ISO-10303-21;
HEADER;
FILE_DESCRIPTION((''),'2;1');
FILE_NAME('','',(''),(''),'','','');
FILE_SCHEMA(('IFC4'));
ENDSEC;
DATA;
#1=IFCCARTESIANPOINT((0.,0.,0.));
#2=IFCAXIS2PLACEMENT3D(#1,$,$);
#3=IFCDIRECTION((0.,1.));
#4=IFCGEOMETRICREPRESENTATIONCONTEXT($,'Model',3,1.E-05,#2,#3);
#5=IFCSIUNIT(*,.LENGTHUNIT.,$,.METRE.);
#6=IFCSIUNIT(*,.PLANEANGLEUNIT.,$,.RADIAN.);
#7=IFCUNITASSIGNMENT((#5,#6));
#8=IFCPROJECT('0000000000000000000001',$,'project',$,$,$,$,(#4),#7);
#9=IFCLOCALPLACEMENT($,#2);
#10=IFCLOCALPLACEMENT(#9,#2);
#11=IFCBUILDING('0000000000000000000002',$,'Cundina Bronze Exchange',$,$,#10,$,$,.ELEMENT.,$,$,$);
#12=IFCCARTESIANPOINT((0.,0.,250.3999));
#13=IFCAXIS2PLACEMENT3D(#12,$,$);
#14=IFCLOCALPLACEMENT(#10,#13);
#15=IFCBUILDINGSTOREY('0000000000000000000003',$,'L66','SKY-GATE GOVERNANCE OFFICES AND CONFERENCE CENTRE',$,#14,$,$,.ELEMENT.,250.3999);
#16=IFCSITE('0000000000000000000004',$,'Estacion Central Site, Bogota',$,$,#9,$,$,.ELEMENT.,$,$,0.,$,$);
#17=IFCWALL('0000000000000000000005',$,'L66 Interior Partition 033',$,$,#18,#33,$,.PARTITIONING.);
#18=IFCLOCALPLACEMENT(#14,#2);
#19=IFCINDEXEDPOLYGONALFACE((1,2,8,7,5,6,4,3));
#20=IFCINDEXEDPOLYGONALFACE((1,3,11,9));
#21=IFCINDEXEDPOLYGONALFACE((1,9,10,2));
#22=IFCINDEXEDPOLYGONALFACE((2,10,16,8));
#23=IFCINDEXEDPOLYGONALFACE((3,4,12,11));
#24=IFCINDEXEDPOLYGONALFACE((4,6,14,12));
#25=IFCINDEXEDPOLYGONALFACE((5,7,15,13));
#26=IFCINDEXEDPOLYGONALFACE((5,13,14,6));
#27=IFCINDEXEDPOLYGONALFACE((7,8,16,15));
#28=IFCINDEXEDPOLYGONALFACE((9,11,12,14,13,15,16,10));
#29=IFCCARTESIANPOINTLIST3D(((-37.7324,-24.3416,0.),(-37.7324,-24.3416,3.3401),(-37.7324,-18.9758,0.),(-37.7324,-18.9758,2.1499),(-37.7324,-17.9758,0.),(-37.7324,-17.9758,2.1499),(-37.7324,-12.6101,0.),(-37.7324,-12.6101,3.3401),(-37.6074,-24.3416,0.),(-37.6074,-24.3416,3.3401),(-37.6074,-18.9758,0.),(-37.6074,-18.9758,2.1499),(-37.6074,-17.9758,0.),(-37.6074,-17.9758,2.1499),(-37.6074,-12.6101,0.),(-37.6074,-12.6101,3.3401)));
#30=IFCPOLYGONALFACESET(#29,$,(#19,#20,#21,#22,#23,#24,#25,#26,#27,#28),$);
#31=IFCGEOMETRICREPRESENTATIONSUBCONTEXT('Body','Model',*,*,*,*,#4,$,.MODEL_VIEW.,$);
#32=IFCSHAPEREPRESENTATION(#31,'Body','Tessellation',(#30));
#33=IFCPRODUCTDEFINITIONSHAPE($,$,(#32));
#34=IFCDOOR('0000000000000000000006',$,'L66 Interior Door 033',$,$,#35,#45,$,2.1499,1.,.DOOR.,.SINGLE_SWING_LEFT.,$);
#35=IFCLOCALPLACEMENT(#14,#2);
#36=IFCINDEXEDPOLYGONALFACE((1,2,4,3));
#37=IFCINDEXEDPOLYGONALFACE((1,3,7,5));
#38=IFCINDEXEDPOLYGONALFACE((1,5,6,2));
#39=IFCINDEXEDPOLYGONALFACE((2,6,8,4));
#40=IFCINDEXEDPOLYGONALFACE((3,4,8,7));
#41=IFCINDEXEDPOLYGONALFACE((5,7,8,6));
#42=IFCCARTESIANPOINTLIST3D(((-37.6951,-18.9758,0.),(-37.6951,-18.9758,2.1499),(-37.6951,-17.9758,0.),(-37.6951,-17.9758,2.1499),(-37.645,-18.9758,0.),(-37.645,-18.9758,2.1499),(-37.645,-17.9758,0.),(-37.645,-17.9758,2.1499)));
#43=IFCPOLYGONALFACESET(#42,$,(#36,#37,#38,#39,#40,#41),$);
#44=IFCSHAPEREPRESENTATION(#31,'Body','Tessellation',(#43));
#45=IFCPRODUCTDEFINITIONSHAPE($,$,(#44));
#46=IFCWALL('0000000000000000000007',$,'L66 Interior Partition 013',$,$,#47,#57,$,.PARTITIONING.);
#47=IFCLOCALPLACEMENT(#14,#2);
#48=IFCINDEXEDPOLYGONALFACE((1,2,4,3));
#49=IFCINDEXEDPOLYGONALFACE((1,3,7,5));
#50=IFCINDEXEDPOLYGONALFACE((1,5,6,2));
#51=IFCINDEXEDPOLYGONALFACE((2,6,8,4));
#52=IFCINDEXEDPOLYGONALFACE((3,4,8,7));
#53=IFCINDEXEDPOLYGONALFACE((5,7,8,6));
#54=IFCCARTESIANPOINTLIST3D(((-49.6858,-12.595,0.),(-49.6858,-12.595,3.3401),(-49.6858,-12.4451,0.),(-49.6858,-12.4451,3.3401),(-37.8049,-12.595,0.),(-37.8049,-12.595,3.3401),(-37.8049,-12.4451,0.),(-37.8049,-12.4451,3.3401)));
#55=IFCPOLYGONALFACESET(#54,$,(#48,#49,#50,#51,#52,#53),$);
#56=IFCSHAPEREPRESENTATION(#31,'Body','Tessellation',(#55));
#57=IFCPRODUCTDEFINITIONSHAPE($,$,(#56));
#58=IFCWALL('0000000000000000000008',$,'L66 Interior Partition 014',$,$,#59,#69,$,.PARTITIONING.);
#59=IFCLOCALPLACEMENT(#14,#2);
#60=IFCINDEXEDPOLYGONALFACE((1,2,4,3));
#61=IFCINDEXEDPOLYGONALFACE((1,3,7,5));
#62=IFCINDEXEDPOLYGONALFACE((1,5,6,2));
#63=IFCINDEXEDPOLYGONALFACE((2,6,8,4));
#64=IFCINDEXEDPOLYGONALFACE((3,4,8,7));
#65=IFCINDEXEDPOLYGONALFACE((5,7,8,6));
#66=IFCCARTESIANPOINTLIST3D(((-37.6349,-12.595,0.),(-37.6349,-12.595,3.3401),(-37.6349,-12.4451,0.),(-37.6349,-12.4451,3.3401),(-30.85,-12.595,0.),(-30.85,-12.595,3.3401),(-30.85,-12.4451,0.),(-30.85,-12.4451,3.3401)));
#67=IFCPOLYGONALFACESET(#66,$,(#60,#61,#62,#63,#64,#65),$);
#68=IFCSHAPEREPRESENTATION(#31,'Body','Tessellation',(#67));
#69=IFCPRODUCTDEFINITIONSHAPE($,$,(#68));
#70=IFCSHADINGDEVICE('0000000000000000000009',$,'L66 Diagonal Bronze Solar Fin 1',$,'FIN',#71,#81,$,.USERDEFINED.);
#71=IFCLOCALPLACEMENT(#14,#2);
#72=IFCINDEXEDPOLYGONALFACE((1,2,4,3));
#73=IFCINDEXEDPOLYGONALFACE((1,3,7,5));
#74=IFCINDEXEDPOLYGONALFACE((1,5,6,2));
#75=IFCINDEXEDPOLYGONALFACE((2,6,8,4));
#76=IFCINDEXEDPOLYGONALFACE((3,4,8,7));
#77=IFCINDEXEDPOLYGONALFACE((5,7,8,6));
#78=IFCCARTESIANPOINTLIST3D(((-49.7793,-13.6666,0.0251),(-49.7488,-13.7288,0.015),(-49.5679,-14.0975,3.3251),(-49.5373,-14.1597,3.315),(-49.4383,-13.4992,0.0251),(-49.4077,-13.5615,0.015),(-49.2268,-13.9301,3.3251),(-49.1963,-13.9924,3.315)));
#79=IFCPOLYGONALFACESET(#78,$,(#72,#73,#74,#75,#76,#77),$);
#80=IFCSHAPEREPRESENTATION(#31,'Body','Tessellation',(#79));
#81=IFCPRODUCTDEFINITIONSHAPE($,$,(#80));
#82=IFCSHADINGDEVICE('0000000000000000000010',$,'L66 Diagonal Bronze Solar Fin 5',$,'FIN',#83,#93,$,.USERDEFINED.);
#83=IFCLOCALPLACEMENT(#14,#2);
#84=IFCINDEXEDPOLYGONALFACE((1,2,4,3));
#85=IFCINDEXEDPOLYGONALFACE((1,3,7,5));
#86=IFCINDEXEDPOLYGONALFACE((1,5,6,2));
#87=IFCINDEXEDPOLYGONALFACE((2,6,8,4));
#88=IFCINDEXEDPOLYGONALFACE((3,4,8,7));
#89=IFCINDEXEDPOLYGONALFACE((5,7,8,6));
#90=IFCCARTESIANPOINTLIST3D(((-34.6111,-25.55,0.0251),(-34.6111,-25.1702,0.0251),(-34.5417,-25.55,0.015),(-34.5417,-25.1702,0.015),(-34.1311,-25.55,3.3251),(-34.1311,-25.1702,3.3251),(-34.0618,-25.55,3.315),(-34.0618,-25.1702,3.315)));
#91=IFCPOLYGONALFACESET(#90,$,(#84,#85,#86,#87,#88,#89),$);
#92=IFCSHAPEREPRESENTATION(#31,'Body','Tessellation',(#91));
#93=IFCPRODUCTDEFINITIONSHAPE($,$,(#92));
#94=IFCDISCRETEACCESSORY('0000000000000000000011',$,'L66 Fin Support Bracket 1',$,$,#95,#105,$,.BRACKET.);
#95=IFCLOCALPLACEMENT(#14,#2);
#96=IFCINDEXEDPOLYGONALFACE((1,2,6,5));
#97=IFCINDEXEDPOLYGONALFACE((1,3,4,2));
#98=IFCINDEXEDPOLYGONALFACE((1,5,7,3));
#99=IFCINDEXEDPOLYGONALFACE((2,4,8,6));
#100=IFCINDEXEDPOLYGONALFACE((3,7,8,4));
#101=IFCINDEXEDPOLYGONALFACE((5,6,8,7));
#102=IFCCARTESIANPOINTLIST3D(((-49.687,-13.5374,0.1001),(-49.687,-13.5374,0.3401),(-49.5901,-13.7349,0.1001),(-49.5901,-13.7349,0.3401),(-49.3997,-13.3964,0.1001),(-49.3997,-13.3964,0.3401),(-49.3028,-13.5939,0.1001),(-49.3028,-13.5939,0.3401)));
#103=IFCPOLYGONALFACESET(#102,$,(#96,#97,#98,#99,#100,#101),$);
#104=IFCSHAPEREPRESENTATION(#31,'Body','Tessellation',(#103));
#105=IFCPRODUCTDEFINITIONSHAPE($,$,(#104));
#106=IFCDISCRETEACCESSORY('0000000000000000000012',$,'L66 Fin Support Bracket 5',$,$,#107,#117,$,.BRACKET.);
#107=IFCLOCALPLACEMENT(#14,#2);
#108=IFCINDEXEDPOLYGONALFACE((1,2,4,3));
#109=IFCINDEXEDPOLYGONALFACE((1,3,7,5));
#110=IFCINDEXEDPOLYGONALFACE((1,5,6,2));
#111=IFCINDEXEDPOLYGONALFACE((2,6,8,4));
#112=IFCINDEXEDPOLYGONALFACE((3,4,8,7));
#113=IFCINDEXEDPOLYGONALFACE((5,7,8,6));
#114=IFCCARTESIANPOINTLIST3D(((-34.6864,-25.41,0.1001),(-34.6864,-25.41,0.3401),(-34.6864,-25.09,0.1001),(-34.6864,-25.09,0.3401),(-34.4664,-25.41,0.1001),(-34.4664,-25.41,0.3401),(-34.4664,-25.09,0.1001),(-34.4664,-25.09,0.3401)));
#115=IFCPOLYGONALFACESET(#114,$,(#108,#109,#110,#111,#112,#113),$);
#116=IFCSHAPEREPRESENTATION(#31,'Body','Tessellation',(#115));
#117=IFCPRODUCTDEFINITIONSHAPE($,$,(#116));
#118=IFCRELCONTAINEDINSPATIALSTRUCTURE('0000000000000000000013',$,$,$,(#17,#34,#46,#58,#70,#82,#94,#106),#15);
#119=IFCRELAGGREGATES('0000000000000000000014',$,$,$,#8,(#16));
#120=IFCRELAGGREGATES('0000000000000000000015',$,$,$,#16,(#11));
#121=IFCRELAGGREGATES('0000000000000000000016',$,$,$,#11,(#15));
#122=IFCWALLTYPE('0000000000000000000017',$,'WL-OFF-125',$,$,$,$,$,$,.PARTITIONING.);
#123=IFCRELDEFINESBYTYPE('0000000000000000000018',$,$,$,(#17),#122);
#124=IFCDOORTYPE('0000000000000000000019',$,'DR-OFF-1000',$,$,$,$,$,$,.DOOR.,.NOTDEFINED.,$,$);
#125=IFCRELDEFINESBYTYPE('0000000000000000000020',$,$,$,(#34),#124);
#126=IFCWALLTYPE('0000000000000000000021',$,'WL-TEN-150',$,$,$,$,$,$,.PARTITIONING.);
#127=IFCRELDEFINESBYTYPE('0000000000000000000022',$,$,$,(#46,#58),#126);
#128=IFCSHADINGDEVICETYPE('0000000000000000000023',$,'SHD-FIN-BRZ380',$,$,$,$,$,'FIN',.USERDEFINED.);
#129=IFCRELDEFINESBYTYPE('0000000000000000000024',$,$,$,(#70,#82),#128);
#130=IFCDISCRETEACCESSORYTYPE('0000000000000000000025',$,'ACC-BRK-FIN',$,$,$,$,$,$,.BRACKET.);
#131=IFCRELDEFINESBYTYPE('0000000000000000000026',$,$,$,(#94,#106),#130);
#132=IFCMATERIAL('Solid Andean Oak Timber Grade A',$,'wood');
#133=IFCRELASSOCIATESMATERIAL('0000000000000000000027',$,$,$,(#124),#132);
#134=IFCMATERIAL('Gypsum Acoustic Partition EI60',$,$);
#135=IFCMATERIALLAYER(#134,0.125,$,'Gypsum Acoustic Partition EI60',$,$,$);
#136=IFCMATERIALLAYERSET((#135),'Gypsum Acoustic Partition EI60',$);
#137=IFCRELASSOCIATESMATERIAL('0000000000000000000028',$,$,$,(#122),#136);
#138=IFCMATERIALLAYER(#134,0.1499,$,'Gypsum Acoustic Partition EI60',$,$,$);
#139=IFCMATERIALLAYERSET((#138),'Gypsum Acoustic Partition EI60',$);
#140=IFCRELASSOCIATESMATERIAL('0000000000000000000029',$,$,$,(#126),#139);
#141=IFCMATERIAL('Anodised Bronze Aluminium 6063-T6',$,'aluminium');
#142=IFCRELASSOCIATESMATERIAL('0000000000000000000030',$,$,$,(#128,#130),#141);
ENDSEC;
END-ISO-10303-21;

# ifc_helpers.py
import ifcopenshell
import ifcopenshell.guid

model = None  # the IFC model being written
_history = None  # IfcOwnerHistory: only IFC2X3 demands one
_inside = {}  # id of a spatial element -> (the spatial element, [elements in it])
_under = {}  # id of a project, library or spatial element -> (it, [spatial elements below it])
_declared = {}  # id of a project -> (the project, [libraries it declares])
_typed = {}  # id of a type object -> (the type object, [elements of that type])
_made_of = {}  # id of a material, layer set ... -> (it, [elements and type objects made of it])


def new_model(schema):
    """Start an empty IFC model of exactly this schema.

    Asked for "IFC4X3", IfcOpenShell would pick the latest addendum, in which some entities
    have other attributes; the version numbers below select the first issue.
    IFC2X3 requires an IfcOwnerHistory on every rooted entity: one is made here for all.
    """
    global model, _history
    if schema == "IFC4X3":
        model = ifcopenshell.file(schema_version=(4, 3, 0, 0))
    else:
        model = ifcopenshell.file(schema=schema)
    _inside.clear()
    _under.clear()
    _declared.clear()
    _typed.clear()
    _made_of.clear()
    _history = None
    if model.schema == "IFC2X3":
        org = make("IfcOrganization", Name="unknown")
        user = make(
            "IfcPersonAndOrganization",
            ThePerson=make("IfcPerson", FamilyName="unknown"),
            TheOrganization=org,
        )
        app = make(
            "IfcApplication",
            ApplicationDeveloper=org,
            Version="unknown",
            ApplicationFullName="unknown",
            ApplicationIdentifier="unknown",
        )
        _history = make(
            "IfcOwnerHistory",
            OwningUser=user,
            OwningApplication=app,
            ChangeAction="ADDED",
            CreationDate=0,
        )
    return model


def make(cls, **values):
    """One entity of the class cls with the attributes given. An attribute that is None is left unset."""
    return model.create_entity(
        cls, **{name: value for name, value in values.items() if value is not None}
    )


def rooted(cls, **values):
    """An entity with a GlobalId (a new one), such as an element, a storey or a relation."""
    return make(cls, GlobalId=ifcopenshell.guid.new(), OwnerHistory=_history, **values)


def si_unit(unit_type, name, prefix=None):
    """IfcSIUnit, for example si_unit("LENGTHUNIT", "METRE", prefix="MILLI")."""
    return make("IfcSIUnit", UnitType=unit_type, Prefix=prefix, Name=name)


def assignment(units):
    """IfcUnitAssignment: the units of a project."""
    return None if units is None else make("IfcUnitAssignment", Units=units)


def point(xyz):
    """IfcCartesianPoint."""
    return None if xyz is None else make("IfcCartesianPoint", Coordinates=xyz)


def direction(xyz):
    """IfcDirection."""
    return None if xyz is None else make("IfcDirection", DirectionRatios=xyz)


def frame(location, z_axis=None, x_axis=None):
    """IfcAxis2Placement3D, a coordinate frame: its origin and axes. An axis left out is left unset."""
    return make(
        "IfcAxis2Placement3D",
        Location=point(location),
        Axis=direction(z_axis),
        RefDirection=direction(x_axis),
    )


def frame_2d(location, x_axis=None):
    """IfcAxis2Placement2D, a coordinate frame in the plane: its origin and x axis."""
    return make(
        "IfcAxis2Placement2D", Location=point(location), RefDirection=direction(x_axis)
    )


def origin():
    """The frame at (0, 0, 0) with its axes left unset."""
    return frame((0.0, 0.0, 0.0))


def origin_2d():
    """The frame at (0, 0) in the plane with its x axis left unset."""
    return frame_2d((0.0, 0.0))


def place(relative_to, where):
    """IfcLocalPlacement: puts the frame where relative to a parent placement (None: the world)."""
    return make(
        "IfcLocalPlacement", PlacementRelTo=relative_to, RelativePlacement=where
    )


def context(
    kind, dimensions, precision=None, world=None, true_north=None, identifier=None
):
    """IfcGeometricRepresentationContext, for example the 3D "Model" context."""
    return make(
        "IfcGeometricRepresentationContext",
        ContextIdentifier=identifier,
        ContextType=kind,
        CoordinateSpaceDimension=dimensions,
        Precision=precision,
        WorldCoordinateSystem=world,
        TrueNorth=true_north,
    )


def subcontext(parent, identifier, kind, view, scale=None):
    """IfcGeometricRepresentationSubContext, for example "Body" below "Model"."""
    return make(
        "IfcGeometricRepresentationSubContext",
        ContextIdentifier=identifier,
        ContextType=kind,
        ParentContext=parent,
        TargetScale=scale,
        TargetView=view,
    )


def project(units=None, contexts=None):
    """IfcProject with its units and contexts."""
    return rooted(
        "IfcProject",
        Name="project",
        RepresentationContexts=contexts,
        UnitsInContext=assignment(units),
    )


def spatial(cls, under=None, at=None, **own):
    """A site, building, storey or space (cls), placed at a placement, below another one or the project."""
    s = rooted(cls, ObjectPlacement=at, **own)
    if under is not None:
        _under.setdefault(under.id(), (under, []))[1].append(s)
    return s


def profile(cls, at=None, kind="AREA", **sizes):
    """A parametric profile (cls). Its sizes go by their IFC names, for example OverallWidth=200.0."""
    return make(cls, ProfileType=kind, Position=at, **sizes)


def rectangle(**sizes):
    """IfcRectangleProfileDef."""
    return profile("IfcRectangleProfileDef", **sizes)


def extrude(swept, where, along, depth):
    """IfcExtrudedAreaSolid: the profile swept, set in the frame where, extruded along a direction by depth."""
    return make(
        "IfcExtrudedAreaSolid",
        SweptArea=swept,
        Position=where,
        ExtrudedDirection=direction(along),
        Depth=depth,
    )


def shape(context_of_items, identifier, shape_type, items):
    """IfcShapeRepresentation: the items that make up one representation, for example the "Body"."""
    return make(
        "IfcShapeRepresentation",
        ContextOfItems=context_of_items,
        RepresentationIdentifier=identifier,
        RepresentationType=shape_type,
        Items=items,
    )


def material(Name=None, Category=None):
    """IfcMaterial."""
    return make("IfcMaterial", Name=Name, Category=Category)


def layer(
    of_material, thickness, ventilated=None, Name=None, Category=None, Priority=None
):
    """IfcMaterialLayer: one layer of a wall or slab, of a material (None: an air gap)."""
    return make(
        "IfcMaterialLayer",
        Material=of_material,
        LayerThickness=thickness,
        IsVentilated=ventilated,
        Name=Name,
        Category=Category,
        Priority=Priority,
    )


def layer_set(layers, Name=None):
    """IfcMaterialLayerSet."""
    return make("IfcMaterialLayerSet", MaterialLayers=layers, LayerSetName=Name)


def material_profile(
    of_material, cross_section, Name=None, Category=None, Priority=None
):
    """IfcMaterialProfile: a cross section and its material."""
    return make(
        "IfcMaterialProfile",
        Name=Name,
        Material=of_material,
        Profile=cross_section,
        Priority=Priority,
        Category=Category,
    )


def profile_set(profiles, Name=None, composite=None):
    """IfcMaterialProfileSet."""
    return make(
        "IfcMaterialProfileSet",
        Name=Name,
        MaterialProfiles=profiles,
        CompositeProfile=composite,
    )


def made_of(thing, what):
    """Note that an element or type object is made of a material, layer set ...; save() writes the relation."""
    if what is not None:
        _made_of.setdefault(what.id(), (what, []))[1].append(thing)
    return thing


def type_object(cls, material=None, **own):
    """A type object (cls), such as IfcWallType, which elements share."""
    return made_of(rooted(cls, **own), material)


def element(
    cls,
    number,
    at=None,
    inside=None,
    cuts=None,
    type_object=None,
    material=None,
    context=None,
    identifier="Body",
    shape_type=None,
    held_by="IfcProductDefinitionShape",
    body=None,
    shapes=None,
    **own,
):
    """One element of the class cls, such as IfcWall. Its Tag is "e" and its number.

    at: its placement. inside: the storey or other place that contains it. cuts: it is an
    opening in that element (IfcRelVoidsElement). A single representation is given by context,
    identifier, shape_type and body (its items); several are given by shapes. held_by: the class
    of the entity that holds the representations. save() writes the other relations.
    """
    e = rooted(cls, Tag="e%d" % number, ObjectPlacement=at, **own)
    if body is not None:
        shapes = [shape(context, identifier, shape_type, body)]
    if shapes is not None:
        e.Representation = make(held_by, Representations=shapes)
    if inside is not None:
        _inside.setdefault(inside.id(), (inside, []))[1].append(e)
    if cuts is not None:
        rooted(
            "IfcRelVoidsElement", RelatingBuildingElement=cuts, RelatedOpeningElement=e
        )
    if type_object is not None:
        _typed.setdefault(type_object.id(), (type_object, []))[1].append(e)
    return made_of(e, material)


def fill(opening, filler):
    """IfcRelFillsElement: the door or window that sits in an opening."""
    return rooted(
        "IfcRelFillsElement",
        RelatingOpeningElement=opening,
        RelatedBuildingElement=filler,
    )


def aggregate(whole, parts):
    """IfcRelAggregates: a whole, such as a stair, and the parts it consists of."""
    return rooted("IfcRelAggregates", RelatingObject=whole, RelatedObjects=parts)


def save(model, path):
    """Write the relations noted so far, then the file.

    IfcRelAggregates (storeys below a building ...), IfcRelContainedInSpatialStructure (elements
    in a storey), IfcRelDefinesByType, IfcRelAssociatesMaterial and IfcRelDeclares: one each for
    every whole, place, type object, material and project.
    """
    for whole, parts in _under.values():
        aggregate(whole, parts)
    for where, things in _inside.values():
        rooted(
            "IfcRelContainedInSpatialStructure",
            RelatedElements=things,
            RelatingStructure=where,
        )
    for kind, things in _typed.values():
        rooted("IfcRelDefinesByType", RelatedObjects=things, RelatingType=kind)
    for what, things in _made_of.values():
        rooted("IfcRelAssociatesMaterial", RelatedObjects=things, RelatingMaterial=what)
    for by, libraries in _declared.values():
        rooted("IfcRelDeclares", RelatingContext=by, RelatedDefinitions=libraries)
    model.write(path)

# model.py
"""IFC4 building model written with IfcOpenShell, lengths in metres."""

from ifc_helpers import new_model, si_unit, direction, frame, frame_2d, origin, origin_2d, place, context, subcontext, project, spatial, rectangle, extrude, material, layer, layer_set, material_profile, profile_set, type_object, element, fill, save


model = new_model("IFC4")

# Units and contexts
model_context = context("Model", 3, precision=1e-05, world=origin(), true_north=direction((0.0, 1.0)))
body_context = subcontext(model_context, "Body", "Model", "MODEL_VIEW")
ifc_project = project(units=[si_unit("LENGTHUNIT", "METRE"), si_unit("PLANEANGLEUNIT", "RADIAN")], contexts=[model_context])

# Site, building, storey
site_placement = place(None, origin())
site = spatial("IfcSite", under=ifc_project, at=site_placement, Name="Estacion Central Site, Bogota", CompositionType="ELEMENT", RefElevation=0.0)
building_placement = place(site_placement, origin())
building = spatial("IfcBuilding", under=site, at=building_placement, Name="Cundina Bronze Exchange", CompositionType="ELEMENT")
storey_placement = place(building_placement, frame((0.0, 0.0, 250.3999)))
storey = spatial("IfcBuildingStorey", under=building, at=storey_placement, Name="L66", Description="SKY-GATE GOVERNANCE OFFICES AND CONFERENCE CENTRE", CompositionType="ELEMENT", Elevation=250.3999)

# Shared definitions
ifc_material_1 = material(Name="Anodised Bronze Aluminium 6063-T6", Category="aluminium")

# Wall, opening, door
ifc_material_2 = material(Name="Solid Andean Oak Timber Grade A", Category="wood")
door_type = type_object("IfcDoorType", Name="DR-OFF-1000", OperationType="NOTDEFINED", PredefinedType="DOOR", material=ifc_material_2)
ifc_material_3 = material(Name="Gypsum Acoustic Partition EI60")
ifc_layer_1 = layer(ifc_material_3, 0.125, Name="Gypsum Acoustic Partition EI60")
ifc_layer_set_1 = layer_set([ifc_layer_1], Name="Gypsum Acoustic Partition EI60")
wall_type_1 = type_object("IfcWallType", Name="WL-OFF-125", PredefinedType="PARTITIONING", material=ifc_layer_set_1)
wall_1_placement = place(storey_placement, frame((-37.6699, -12.6101, 0.0), z_axis=(0.0, 0.0, 1.0), x_axis=(0.0, -1.0, 0.0)))
wall_1 = element("IfcWall", 1, at=wall_1_placement, inside=storey, type_object=wall_type_1, Name="L66 Interior Partition 033", PredefinedType="PARTITIONING", context=body_context, shape_type="SweptSolid", body=[
    extrude(rectangle(XDim=11.7314, YDim=0.125, at=frame_2d((5.8657, 0.0))), origin(), (0.0, 0.0, 1.0), 3.3401),
])
opening_1_placement = place(wall_1_placement, frame((5.3657, 0.0, 0.0)))
opening_1 = element("IfcOpeningElement", 2, at=opening_1_placement, cuts=wall_1, PredefinedType="OPENING", context=body_context, shape_type="SweptSolid", body=[
    extrude(rectangle(XDim=1.0, YDim=2.1499, at=frame_2d((0.5, 1.075))), frame((0.0, 0.0725, 0.0), z_axis=(0.0, -1.0, 0.0), x_axis=(1.0, 0.0, 0.0)), (0.0, 0.0, 1.0), 0.145),
])
door_1_placement = place(opening_1_placement, origin())
door_1 = element("IfcDoor", 3, at=door_1_placement, inside=storey, type_object=door_type, Name="L66 Interior Door 033", OperationType="SINGLE_SWING_LEFT", OverallHeight=2.1499, OverallWidth=1.0, PredefinedType="DOOR", context=body_context, shape_type="SweptSolid", body=[
    extrude(rectangle(XDim=1.0, YDim=2.1499, at=frame_2d((0.5, 1.075))), frame((0.0, 0.0249, 0.0), z_axis=(0.0, -1.0, 0.0), x_axis=(1.0, 0.0, 0.0)), (0.0, 0.0, 1.0), 0.05),
])
fill(opening_1, door_1)

# Walls
ifc_layer_2 = layer(ifc_material_3, 0.1499, Name="Gypsum Acoustic Partition EI60")
ifc_layer_set_2 = layer_set([ifc_layer_2], Name="Gypsum Acoustic Partition EI60")
wall_type_2 = type_object("IfcWallType", Name="WL-TEN-150", PredefinedType="PARTITIONING", material=ifc_layer_set_2)
wall_2_placement = place(storey_placement, frame((-49.6858, -12.52, 0.0), z_axis=(0.0, 0.0, 1.0), x_axis=(1.0, 0.0, 0.0)))
element("IfcWall", 4, at=wall_2_placement, inside=storey, type_object=wall_type_2, Name="L66 Interior Partition 013", PredefinedType="PARTITIONING", context=body_context, shape_type="SweptSolid", body=[
    extrude(rectangle(XDim=11.8809, YDim=0.1499, at=frame_2d((5.9404, 0.0))), origin(), (0.0, 0.0, 1.0), 3.3401),
])
wall_3_placement = place(storey_placement, frame((-37.635, -12.52, 0.0), z_axis=(0.0, 0.0, 1.0), x_axis=(1.0, 0.0, 0.0)))
element("IfcWall", 5, at=wall_3_placement, inside=storey, type_object=wall_type_2, Name="L66 Interior Partition 014", PredefinedType="PARTITIONING", context=body_context, shape_type="SweptSolid", body=[
    extrude(rectangle(XDim=6.7849, YDim=0.1499, at=frame_2d((3.3926, 0.0))), origin(), (0.0, 0.0, 1.0), 3.3401),
])

# Shading devices
ifc_material_profile_1 = material_profile(ifc_material_1, rectangle(XDim=0.0701, YDim=0.3799, at=origin_2d()), Name="FIN70X380", Category="aluminium")
ifc_profile_set_1 = profile_set([ifc_material_profile_1], Name="Anodised Bronze Aluminium 6063-T6")
shading_device_type = type_object("IfcShadingDeviceType", Name="SHD-FIN-BRZ380", ElementType="FIN", PredefinedType="USERDEFINED", material=ifc_profile_set_1)
for number, where, z_axis, x_axis, name in (
    (6, (-49.5935, -13.614, 0.02), (0.0634, -0.129217, 0.989588), (-0.4359, 0.888411, 0.143932), "L66 Diagonal Bronze Solar Fin 1"),
    (7, (-34.5764, -25.3601, 0.02), (0.143932, 0.0, 0.989588), (-0.989588, 0.0, 0.143932), "L66 Diagonal Bronze Solar Fin 5"),
):
    element("IfcShadingDevice", number, at=place(storey_placement, frame(where, z_axis=z_axis, x_axis=x_axis)), inside=storey, type_object=shading_device_type, Name=name, ObjectType="FIN", PredefinedType="USERDEFINED", context=body_context, shape_type="SweptSolid", body=[
        extrude(rectangle(XDim=0.0701, YDim=0.3799, at=origin_2d()), origin(), (0.0, 0.0, 1.0), 3.3347),
    ])

# Discrete accessories
discrete_accessory_type = type_object("IfcDiscreteAccessoryType", Name="ACC-BRK-FIN", PredefinedType="BRACKET", material=ifc_material_1)
for number, where, z_axis, x_axis, name in (
    (8, (-49.4949, -13.5657, 0.1001), (0.0, 0.0, 1.0), (0.440503, -0.897751, 0.0), "L66 Fin Support Bracket 1"),
    (9, (-34.5764, -25.25, 0.1001), (0.0, 0.0, 1.0), (1.0, 0.0, 0.0), "L66 Fin Support Bracket 5"),
):
    element("IfcDiscreteAccessory", number, at=place(storey_placement, frame(where, z_axis=z_axis, x_axis=x_axis)), inside=storey, type_object=discrete_accessory_type, Name=name, PredefinedType="BRACKET", context=body_context, shape_type="SweptSolid", body=[
        extrude(rectangle(XDim=0.22, YDim=0.3201, at=origin_2d()), origin(), (0.0, 0.0, 1.0), 0.24),
    ])

save(model, "model.ifc")
